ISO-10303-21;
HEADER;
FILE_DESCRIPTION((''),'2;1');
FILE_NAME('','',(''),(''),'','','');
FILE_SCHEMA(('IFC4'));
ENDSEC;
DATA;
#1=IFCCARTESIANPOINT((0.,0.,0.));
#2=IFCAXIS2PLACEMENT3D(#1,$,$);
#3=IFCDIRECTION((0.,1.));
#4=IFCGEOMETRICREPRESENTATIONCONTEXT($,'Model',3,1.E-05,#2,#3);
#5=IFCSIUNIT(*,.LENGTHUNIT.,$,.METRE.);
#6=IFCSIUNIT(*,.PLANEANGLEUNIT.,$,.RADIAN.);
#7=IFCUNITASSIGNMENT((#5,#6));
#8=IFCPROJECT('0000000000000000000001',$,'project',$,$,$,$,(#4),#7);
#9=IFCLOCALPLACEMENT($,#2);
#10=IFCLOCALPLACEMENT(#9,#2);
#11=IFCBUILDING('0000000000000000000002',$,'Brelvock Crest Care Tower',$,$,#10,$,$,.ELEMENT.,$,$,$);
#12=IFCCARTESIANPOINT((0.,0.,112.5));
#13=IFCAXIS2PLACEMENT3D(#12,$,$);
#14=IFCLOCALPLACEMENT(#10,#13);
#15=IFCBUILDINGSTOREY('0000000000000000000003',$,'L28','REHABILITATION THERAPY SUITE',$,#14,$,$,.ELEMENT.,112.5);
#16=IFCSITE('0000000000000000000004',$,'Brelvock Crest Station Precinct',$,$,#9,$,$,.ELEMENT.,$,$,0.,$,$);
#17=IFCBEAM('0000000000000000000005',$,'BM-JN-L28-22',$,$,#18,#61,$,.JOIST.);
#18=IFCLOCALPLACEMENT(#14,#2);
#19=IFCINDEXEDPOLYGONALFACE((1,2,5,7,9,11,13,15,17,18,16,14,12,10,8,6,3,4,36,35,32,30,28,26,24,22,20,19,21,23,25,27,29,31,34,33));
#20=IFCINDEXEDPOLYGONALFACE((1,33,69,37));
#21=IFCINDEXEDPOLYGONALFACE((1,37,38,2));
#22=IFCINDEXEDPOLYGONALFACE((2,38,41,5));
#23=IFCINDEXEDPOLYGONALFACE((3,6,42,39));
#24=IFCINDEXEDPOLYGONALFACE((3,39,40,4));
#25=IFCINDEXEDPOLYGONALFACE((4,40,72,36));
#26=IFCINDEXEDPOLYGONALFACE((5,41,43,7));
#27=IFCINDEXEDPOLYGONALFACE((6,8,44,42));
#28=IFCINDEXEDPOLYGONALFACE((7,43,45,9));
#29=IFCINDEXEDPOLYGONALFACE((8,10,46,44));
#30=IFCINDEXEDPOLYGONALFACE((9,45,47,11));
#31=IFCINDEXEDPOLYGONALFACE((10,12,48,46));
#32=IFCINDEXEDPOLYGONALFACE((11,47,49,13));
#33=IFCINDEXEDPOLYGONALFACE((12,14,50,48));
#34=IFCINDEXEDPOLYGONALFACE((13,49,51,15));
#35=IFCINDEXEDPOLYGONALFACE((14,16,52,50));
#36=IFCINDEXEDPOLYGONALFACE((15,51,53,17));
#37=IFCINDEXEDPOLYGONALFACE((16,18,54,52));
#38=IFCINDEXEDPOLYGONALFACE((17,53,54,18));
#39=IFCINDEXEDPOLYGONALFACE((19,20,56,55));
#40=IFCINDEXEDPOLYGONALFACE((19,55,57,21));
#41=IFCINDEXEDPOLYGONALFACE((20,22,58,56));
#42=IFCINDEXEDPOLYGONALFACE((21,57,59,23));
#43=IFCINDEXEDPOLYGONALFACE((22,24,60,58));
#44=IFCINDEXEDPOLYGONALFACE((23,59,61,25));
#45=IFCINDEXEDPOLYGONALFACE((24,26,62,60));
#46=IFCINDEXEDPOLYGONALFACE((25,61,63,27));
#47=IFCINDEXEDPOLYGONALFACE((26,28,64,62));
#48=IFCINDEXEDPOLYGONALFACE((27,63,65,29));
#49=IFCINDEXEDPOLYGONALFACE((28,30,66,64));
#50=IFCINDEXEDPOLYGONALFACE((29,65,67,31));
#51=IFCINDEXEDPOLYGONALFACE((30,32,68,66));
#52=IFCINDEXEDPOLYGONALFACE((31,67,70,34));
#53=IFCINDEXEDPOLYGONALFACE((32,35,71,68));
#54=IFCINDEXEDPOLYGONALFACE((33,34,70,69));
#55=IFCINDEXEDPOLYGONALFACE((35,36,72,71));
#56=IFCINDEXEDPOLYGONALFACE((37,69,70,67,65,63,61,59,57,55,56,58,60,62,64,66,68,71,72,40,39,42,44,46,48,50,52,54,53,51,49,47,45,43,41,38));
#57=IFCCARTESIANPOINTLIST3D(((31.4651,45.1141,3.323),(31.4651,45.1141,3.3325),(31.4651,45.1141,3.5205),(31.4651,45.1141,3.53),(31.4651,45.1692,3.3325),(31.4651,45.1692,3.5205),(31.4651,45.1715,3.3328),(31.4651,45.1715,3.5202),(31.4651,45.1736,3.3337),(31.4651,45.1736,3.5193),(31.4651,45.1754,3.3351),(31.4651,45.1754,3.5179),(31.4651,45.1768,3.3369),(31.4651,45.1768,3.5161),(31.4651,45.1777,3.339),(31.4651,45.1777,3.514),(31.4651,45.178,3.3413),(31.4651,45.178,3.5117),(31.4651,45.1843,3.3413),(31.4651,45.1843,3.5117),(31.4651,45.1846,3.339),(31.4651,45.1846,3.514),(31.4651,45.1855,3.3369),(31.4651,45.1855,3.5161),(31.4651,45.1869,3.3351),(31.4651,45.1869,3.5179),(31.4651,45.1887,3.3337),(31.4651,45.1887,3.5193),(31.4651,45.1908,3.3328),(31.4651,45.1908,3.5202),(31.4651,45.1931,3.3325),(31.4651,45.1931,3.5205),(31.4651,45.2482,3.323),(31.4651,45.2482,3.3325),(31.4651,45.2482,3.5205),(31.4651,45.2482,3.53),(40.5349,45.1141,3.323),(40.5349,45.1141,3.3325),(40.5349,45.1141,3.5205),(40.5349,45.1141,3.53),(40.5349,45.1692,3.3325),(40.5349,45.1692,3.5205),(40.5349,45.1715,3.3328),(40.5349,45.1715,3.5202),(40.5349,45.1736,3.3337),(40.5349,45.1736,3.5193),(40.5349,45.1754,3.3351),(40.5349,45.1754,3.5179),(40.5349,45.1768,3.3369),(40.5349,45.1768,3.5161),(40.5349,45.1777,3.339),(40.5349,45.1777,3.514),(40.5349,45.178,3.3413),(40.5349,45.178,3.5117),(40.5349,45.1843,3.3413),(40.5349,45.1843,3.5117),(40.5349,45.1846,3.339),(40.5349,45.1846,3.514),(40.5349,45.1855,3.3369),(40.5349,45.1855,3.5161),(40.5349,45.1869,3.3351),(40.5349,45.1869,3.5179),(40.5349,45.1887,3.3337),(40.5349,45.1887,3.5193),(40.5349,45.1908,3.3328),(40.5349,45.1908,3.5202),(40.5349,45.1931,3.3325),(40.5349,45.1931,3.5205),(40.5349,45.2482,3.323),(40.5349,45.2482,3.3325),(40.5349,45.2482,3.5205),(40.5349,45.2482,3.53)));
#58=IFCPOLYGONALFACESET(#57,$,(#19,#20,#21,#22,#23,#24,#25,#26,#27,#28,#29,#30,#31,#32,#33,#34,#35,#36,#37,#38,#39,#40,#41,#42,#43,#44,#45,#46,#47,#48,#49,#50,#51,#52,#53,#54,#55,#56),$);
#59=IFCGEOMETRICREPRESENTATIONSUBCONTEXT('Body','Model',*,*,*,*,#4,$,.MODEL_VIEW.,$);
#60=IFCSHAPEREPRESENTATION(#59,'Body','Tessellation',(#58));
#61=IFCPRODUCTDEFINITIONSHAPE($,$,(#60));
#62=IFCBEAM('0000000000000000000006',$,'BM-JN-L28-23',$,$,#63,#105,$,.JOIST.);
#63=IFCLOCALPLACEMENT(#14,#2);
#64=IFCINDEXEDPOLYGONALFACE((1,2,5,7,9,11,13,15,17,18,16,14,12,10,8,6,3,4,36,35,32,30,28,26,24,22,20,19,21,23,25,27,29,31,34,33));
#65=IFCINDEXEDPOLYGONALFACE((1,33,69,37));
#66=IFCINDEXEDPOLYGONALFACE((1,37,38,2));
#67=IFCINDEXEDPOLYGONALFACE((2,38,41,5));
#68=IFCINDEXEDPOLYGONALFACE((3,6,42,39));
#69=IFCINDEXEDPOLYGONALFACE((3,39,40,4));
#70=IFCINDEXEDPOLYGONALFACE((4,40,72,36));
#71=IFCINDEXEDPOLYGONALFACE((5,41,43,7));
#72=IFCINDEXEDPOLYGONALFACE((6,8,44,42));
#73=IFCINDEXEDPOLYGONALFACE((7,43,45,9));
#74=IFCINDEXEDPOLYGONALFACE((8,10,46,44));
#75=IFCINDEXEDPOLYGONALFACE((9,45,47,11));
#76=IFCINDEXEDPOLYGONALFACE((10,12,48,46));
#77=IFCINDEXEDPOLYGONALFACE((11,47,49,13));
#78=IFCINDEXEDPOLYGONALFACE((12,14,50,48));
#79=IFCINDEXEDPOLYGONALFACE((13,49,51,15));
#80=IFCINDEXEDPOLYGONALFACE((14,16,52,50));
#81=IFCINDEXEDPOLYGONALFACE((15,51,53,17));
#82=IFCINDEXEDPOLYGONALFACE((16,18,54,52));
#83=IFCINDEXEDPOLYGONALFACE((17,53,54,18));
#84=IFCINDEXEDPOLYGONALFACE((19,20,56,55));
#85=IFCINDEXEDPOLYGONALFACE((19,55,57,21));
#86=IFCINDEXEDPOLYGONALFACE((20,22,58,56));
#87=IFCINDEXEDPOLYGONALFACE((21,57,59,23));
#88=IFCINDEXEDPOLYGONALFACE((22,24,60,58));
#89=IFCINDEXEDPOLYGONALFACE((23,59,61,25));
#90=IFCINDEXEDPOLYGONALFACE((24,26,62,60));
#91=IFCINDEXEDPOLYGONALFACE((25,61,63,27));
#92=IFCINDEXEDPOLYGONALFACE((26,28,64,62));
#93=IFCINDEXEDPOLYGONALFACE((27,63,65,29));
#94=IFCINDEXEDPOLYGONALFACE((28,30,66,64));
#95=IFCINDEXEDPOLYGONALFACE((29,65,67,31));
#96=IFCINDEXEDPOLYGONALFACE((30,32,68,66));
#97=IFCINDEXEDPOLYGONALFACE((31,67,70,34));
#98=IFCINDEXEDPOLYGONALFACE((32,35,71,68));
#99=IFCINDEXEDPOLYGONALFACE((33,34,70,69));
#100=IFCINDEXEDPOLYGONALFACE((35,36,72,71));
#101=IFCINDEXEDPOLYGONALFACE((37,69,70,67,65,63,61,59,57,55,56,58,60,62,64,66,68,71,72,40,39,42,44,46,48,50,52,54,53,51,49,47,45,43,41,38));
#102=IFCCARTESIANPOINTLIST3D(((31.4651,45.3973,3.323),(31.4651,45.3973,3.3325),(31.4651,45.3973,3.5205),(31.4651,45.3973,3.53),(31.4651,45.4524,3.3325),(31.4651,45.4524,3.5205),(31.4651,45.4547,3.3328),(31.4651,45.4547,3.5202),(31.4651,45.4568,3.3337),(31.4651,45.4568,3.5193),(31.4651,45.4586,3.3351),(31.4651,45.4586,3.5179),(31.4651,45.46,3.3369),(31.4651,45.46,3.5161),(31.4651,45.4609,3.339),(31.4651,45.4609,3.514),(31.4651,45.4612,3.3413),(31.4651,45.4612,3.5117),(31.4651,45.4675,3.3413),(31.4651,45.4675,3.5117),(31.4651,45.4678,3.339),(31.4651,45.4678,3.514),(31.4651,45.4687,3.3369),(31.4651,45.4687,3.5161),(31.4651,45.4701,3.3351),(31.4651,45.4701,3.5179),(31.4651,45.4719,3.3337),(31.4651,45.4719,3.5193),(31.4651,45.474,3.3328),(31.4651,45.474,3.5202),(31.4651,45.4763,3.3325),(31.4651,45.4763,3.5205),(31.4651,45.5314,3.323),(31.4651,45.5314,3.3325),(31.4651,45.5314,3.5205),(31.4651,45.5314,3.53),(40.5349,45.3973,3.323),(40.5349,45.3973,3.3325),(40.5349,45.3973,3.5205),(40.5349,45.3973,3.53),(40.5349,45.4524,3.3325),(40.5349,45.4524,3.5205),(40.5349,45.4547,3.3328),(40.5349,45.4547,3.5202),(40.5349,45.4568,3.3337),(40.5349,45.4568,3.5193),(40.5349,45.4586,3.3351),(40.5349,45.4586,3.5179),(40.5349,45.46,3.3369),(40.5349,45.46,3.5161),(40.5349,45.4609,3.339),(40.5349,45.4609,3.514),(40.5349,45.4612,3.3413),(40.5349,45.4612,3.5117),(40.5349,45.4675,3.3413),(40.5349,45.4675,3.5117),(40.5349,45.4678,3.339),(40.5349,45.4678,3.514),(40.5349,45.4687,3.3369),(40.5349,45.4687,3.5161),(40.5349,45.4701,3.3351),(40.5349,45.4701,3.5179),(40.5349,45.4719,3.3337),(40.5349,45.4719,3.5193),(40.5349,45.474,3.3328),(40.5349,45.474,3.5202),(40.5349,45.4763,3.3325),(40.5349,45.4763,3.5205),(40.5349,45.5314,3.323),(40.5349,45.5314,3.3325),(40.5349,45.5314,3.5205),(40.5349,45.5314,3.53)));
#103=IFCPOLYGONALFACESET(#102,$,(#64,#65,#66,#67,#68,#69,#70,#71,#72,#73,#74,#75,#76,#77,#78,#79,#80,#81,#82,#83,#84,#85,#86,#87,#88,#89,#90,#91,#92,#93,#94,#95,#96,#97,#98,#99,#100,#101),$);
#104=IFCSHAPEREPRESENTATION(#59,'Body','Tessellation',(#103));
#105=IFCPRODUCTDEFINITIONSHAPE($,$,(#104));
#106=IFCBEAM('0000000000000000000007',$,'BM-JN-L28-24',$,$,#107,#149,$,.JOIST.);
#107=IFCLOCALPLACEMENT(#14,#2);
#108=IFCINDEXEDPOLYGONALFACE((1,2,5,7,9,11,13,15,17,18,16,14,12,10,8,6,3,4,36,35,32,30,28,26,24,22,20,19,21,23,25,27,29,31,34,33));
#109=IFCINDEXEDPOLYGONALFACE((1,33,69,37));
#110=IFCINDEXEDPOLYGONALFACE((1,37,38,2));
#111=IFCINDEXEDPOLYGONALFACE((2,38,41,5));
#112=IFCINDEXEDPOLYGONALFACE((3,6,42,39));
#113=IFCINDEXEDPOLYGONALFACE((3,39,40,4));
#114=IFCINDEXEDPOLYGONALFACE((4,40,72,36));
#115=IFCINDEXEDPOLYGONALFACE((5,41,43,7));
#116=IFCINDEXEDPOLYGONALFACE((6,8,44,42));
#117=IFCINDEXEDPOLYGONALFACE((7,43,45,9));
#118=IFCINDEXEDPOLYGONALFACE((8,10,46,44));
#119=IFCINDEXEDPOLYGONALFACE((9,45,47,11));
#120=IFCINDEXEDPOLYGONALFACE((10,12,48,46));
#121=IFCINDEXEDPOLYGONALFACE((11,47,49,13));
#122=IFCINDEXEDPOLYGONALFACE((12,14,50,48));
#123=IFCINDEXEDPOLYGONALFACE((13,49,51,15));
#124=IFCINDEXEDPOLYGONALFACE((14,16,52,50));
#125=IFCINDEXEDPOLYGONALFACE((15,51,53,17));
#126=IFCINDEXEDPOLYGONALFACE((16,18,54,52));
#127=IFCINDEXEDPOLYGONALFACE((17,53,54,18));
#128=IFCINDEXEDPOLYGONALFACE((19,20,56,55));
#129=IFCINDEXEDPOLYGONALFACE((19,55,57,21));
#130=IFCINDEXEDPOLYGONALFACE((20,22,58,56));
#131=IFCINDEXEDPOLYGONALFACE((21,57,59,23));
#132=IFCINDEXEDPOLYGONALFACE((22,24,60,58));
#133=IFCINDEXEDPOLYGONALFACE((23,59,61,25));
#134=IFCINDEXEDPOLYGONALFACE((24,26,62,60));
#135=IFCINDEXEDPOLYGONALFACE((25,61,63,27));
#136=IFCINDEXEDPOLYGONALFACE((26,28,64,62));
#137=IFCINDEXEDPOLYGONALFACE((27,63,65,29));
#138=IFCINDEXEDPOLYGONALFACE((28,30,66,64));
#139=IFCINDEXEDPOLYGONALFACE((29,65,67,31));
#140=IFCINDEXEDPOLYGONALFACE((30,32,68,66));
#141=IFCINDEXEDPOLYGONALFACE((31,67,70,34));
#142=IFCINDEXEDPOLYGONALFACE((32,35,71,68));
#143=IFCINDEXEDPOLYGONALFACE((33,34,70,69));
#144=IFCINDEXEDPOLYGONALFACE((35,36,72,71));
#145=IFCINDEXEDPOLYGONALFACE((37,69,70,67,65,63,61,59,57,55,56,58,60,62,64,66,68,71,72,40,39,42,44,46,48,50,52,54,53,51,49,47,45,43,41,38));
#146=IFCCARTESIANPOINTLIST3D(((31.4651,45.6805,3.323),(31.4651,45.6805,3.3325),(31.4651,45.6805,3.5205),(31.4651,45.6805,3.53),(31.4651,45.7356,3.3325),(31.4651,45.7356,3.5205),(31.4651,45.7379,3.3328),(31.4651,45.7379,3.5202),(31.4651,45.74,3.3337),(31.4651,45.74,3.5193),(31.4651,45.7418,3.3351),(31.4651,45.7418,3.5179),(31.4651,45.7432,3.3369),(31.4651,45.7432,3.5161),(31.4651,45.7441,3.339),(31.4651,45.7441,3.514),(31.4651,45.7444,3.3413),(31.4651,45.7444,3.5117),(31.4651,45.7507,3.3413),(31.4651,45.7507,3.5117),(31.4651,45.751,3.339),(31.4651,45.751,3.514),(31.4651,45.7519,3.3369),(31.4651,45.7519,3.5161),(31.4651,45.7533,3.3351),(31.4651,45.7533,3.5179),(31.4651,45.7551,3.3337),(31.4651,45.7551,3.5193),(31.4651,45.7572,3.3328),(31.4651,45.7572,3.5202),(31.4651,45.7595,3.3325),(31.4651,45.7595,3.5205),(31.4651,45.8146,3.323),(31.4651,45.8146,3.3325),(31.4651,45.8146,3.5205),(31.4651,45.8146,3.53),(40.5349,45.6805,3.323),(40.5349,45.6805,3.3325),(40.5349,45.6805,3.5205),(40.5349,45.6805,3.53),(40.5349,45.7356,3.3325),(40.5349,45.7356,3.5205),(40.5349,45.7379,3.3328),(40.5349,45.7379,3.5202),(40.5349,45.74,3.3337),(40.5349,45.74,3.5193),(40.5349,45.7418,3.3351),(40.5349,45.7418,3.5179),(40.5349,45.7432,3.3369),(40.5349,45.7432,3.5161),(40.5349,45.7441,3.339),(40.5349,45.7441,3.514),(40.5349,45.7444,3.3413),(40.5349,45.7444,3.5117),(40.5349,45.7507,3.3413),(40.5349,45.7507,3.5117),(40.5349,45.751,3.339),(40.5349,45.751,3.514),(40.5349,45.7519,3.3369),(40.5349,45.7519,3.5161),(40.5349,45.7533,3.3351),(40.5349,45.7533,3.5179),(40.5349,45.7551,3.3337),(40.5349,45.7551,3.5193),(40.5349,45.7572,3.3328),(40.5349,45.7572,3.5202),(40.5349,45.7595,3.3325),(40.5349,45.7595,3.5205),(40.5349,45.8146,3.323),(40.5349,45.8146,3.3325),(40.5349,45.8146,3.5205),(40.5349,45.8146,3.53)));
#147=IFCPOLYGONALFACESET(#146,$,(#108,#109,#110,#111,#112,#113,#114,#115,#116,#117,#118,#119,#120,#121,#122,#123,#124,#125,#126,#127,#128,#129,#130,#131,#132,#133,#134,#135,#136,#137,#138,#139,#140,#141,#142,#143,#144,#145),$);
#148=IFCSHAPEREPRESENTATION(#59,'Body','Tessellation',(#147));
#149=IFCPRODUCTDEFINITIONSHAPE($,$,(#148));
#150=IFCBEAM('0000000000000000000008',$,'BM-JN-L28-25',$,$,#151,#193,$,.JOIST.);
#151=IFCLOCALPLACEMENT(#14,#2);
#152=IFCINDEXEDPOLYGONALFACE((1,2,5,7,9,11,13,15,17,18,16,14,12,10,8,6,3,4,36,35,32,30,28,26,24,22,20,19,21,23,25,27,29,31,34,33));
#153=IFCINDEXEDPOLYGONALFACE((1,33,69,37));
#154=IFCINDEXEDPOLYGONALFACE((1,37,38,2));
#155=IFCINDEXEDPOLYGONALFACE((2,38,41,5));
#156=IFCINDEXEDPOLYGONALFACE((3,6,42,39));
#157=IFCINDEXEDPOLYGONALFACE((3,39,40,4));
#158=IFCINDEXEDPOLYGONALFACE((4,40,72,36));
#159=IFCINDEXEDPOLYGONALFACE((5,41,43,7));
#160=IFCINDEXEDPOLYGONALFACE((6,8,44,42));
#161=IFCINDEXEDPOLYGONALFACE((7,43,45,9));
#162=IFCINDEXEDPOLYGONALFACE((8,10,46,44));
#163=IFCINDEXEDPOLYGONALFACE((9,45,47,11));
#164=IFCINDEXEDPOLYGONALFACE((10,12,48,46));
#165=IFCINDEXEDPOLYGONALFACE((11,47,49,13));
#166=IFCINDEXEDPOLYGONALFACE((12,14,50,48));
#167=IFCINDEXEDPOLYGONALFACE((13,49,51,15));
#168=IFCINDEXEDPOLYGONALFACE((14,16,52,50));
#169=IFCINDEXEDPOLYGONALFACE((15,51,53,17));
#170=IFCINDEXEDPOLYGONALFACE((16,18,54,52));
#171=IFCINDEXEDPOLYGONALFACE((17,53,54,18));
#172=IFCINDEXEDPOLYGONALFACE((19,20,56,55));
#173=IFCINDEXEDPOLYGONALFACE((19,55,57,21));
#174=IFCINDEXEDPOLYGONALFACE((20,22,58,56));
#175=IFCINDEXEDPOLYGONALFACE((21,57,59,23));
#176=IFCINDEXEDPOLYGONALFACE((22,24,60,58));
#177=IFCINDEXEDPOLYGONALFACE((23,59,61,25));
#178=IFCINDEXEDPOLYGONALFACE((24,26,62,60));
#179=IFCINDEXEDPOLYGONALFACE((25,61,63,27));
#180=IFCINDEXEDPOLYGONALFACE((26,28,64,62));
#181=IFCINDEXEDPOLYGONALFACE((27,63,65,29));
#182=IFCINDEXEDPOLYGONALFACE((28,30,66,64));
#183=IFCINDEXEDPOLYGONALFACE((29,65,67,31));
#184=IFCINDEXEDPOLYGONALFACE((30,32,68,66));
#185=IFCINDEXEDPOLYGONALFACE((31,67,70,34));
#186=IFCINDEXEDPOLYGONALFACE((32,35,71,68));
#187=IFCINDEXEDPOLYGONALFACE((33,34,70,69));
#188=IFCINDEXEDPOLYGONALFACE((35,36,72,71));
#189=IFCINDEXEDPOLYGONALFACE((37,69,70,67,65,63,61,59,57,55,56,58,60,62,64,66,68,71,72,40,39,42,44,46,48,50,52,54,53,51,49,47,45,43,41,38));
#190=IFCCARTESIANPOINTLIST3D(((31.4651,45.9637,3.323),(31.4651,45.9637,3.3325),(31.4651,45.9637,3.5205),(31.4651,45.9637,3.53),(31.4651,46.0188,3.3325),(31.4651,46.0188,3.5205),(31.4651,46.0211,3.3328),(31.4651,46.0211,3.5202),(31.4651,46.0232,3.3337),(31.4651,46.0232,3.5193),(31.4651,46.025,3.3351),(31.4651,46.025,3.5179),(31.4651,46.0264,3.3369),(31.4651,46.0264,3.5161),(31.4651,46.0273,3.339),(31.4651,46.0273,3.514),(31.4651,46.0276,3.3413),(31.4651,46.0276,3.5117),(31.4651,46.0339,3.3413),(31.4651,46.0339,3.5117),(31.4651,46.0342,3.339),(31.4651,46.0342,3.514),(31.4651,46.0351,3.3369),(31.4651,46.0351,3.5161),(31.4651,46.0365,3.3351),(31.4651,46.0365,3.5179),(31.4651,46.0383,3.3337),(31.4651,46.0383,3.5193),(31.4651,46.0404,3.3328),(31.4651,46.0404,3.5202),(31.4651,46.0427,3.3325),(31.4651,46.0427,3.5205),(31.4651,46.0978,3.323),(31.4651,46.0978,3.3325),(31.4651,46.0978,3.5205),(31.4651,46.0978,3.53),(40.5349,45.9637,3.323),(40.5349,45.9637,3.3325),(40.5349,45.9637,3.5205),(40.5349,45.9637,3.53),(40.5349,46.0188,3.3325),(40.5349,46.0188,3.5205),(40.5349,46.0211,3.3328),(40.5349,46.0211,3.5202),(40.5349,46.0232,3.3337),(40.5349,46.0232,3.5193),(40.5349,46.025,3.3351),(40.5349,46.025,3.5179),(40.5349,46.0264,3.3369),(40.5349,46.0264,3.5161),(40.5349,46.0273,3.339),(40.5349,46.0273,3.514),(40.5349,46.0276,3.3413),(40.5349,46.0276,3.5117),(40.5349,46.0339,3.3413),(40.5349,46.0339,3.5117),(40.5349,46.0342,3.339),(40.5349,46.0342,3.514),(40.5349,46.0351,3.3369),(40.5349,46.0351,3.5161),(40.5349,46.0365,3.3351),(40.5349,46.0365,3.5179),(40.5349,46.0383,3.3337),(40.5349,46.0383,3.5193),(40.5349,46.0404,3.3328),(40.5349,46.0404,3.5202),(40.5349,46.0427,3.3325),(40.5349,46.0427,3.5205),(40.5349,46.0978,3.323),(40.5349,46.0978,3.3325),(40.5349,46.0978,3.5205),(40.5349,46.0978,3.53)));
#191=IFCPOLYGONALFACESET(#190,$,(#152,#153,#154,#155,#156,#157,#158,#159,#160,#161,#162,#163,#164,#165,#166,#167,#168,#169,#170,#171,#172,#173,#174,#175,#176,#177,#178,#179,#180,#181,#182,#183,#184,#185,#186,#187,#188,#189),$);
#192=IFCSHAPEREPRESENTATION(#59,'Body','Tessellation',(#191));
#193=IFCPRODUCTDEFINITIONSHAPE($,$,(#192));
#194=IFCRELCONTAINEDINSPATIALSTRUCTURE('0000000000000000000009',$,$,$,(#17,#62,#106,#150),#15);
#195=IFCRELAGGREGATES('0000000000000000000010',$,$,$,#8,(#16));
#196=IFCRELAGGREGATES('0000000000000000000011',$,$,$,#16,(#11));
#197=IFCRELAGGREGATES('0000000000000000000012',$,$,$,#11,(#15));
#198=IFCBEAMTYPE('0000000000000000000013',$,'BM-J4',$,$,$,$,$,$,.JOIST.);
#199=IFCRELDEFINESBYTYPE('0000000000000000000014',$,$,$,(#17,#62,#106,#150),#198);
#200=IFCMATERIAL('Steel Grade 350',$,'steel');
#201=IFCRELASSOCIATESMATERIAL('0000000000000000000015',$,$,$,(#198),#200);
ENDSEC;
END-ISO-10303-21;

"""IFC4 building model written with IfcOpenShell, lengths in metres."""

from ifc_helpers import new_model, si_unit, direction, frame, origin, origin_2d, place, context, subcontext, project, spatial, i_section, extrude, source, transform, mapped, material, material_profile, profile_set, type_object, element, save


model = new_model("IFC4")

# Units and contexts
model_context = context("Model", 3, precision=1e-05, world=origin(), true_north=direction((0.0, 1.0)))
body_context = subcontext(model_context, "Body", "Model", "MODEL_VIEW")
ifc_project = project(units=[si_unit("LENGTHUNIT", "METRE"), si_unit("PLANEANGLEUNIT", "RADIAN")], contexts=[model_context])

# Site, building, storey
site_placement = place(None, origin())
site = spatial("IfcSite", under=ifc_project, at=site_placement, Name="Brelvock Crest Station Precinct", CompositionType="ELEMENT", RefElevation=0.0)
building_placement = place(site_placement, origin())
building = spatial("IfcBuilding", under=site, at=building_placement, Name="Brelvock Crest Care Tower", CompositionType="ELEMENT")
storey_placement = place(building_placement, frame((0.0, 0.0, 112.5)))
storey = spatial("IfcBuildingStorey", under=building, at=storey_placement, Name="L28", Description="REHABILITATION THERAPY SUITE", CompositionType="ELEMENT", Elevation=112.5)

# Beams
ifc_material_1 = material(Name="Steel Grade 350", Category="steel")
ifc_material_profile_1 = material_profile(ifc_material_1, i_section(OverallWidth=0.134, OverallDepth=0.207, WebThickness=0.0063, FlangeThickness=0.0095, FilletRadius=0.0088, at=origin_2d()), Name="200UB29.8")
ifc_profile_set_1 = profile_set([ifc_material_profile_1], Name="Steel Grade 350")
beam_type_1 = type_object("IfcBeamType", Name="BM-J4", PredefinedType="JOIST", material=ifc_profile_set_1)
shared_shape_1 = source(origin(), body_context, "Body", "SweptSolid", [
    extrude(i_section(OverallWidth=0.134, OverallDepth=0.207, WebThickness=0.0063, FlangeThickness=0.0095, FilletRadius=0.0088, at=origin_2d()), origin(), (0.0, 0.0, 1.0), 9.0698),
])
for number, where, z_axis, x_axis, name in (
    (1, (31.4651, 45.1812, 3.4265), (1.0, 0.0, 0.0), (0.0, 1.0, 0.0), "BM-JN-L28-22"),
    (2, (31.4651, 45.4644, 3.4265), (1.0, 0.0, 0.0), (0.0, 1.0, 0.0), "BM-JN-L28-23"),
    (3, (31.4651, 45.7476, 3.4265), (1.0, 0.0, 0.0), (0.0, 1.0, 0.0), "BM-JN-L28-24"),
    (4, (31.4651, 46.0308, 3.4265), (1.0, 0.0, 0.0), (0.0, 1.0, 0.0), "BM-JN-L28-25"),
):
    element("IfcBeam", number, at=place(storey_placement, frame(where, z_axis=z_axis, x_axis=x_axis)), inside=storey, type_object=beam_type_1, Name=name, PredefinedType="JOIST", context=body_context, shape_type="MappedRepresentation", body=[
        mapped(shared_shape_1, transform((0.0, 0.0, 0.0), x_axis=(1.0, 0.0, 0.0), y_axis=(0.0, 1.0, 0.0), z_axis=(0.0, 0.0, 1.0), scale=1.0)),
    ])

save(model, "model.ifc")
